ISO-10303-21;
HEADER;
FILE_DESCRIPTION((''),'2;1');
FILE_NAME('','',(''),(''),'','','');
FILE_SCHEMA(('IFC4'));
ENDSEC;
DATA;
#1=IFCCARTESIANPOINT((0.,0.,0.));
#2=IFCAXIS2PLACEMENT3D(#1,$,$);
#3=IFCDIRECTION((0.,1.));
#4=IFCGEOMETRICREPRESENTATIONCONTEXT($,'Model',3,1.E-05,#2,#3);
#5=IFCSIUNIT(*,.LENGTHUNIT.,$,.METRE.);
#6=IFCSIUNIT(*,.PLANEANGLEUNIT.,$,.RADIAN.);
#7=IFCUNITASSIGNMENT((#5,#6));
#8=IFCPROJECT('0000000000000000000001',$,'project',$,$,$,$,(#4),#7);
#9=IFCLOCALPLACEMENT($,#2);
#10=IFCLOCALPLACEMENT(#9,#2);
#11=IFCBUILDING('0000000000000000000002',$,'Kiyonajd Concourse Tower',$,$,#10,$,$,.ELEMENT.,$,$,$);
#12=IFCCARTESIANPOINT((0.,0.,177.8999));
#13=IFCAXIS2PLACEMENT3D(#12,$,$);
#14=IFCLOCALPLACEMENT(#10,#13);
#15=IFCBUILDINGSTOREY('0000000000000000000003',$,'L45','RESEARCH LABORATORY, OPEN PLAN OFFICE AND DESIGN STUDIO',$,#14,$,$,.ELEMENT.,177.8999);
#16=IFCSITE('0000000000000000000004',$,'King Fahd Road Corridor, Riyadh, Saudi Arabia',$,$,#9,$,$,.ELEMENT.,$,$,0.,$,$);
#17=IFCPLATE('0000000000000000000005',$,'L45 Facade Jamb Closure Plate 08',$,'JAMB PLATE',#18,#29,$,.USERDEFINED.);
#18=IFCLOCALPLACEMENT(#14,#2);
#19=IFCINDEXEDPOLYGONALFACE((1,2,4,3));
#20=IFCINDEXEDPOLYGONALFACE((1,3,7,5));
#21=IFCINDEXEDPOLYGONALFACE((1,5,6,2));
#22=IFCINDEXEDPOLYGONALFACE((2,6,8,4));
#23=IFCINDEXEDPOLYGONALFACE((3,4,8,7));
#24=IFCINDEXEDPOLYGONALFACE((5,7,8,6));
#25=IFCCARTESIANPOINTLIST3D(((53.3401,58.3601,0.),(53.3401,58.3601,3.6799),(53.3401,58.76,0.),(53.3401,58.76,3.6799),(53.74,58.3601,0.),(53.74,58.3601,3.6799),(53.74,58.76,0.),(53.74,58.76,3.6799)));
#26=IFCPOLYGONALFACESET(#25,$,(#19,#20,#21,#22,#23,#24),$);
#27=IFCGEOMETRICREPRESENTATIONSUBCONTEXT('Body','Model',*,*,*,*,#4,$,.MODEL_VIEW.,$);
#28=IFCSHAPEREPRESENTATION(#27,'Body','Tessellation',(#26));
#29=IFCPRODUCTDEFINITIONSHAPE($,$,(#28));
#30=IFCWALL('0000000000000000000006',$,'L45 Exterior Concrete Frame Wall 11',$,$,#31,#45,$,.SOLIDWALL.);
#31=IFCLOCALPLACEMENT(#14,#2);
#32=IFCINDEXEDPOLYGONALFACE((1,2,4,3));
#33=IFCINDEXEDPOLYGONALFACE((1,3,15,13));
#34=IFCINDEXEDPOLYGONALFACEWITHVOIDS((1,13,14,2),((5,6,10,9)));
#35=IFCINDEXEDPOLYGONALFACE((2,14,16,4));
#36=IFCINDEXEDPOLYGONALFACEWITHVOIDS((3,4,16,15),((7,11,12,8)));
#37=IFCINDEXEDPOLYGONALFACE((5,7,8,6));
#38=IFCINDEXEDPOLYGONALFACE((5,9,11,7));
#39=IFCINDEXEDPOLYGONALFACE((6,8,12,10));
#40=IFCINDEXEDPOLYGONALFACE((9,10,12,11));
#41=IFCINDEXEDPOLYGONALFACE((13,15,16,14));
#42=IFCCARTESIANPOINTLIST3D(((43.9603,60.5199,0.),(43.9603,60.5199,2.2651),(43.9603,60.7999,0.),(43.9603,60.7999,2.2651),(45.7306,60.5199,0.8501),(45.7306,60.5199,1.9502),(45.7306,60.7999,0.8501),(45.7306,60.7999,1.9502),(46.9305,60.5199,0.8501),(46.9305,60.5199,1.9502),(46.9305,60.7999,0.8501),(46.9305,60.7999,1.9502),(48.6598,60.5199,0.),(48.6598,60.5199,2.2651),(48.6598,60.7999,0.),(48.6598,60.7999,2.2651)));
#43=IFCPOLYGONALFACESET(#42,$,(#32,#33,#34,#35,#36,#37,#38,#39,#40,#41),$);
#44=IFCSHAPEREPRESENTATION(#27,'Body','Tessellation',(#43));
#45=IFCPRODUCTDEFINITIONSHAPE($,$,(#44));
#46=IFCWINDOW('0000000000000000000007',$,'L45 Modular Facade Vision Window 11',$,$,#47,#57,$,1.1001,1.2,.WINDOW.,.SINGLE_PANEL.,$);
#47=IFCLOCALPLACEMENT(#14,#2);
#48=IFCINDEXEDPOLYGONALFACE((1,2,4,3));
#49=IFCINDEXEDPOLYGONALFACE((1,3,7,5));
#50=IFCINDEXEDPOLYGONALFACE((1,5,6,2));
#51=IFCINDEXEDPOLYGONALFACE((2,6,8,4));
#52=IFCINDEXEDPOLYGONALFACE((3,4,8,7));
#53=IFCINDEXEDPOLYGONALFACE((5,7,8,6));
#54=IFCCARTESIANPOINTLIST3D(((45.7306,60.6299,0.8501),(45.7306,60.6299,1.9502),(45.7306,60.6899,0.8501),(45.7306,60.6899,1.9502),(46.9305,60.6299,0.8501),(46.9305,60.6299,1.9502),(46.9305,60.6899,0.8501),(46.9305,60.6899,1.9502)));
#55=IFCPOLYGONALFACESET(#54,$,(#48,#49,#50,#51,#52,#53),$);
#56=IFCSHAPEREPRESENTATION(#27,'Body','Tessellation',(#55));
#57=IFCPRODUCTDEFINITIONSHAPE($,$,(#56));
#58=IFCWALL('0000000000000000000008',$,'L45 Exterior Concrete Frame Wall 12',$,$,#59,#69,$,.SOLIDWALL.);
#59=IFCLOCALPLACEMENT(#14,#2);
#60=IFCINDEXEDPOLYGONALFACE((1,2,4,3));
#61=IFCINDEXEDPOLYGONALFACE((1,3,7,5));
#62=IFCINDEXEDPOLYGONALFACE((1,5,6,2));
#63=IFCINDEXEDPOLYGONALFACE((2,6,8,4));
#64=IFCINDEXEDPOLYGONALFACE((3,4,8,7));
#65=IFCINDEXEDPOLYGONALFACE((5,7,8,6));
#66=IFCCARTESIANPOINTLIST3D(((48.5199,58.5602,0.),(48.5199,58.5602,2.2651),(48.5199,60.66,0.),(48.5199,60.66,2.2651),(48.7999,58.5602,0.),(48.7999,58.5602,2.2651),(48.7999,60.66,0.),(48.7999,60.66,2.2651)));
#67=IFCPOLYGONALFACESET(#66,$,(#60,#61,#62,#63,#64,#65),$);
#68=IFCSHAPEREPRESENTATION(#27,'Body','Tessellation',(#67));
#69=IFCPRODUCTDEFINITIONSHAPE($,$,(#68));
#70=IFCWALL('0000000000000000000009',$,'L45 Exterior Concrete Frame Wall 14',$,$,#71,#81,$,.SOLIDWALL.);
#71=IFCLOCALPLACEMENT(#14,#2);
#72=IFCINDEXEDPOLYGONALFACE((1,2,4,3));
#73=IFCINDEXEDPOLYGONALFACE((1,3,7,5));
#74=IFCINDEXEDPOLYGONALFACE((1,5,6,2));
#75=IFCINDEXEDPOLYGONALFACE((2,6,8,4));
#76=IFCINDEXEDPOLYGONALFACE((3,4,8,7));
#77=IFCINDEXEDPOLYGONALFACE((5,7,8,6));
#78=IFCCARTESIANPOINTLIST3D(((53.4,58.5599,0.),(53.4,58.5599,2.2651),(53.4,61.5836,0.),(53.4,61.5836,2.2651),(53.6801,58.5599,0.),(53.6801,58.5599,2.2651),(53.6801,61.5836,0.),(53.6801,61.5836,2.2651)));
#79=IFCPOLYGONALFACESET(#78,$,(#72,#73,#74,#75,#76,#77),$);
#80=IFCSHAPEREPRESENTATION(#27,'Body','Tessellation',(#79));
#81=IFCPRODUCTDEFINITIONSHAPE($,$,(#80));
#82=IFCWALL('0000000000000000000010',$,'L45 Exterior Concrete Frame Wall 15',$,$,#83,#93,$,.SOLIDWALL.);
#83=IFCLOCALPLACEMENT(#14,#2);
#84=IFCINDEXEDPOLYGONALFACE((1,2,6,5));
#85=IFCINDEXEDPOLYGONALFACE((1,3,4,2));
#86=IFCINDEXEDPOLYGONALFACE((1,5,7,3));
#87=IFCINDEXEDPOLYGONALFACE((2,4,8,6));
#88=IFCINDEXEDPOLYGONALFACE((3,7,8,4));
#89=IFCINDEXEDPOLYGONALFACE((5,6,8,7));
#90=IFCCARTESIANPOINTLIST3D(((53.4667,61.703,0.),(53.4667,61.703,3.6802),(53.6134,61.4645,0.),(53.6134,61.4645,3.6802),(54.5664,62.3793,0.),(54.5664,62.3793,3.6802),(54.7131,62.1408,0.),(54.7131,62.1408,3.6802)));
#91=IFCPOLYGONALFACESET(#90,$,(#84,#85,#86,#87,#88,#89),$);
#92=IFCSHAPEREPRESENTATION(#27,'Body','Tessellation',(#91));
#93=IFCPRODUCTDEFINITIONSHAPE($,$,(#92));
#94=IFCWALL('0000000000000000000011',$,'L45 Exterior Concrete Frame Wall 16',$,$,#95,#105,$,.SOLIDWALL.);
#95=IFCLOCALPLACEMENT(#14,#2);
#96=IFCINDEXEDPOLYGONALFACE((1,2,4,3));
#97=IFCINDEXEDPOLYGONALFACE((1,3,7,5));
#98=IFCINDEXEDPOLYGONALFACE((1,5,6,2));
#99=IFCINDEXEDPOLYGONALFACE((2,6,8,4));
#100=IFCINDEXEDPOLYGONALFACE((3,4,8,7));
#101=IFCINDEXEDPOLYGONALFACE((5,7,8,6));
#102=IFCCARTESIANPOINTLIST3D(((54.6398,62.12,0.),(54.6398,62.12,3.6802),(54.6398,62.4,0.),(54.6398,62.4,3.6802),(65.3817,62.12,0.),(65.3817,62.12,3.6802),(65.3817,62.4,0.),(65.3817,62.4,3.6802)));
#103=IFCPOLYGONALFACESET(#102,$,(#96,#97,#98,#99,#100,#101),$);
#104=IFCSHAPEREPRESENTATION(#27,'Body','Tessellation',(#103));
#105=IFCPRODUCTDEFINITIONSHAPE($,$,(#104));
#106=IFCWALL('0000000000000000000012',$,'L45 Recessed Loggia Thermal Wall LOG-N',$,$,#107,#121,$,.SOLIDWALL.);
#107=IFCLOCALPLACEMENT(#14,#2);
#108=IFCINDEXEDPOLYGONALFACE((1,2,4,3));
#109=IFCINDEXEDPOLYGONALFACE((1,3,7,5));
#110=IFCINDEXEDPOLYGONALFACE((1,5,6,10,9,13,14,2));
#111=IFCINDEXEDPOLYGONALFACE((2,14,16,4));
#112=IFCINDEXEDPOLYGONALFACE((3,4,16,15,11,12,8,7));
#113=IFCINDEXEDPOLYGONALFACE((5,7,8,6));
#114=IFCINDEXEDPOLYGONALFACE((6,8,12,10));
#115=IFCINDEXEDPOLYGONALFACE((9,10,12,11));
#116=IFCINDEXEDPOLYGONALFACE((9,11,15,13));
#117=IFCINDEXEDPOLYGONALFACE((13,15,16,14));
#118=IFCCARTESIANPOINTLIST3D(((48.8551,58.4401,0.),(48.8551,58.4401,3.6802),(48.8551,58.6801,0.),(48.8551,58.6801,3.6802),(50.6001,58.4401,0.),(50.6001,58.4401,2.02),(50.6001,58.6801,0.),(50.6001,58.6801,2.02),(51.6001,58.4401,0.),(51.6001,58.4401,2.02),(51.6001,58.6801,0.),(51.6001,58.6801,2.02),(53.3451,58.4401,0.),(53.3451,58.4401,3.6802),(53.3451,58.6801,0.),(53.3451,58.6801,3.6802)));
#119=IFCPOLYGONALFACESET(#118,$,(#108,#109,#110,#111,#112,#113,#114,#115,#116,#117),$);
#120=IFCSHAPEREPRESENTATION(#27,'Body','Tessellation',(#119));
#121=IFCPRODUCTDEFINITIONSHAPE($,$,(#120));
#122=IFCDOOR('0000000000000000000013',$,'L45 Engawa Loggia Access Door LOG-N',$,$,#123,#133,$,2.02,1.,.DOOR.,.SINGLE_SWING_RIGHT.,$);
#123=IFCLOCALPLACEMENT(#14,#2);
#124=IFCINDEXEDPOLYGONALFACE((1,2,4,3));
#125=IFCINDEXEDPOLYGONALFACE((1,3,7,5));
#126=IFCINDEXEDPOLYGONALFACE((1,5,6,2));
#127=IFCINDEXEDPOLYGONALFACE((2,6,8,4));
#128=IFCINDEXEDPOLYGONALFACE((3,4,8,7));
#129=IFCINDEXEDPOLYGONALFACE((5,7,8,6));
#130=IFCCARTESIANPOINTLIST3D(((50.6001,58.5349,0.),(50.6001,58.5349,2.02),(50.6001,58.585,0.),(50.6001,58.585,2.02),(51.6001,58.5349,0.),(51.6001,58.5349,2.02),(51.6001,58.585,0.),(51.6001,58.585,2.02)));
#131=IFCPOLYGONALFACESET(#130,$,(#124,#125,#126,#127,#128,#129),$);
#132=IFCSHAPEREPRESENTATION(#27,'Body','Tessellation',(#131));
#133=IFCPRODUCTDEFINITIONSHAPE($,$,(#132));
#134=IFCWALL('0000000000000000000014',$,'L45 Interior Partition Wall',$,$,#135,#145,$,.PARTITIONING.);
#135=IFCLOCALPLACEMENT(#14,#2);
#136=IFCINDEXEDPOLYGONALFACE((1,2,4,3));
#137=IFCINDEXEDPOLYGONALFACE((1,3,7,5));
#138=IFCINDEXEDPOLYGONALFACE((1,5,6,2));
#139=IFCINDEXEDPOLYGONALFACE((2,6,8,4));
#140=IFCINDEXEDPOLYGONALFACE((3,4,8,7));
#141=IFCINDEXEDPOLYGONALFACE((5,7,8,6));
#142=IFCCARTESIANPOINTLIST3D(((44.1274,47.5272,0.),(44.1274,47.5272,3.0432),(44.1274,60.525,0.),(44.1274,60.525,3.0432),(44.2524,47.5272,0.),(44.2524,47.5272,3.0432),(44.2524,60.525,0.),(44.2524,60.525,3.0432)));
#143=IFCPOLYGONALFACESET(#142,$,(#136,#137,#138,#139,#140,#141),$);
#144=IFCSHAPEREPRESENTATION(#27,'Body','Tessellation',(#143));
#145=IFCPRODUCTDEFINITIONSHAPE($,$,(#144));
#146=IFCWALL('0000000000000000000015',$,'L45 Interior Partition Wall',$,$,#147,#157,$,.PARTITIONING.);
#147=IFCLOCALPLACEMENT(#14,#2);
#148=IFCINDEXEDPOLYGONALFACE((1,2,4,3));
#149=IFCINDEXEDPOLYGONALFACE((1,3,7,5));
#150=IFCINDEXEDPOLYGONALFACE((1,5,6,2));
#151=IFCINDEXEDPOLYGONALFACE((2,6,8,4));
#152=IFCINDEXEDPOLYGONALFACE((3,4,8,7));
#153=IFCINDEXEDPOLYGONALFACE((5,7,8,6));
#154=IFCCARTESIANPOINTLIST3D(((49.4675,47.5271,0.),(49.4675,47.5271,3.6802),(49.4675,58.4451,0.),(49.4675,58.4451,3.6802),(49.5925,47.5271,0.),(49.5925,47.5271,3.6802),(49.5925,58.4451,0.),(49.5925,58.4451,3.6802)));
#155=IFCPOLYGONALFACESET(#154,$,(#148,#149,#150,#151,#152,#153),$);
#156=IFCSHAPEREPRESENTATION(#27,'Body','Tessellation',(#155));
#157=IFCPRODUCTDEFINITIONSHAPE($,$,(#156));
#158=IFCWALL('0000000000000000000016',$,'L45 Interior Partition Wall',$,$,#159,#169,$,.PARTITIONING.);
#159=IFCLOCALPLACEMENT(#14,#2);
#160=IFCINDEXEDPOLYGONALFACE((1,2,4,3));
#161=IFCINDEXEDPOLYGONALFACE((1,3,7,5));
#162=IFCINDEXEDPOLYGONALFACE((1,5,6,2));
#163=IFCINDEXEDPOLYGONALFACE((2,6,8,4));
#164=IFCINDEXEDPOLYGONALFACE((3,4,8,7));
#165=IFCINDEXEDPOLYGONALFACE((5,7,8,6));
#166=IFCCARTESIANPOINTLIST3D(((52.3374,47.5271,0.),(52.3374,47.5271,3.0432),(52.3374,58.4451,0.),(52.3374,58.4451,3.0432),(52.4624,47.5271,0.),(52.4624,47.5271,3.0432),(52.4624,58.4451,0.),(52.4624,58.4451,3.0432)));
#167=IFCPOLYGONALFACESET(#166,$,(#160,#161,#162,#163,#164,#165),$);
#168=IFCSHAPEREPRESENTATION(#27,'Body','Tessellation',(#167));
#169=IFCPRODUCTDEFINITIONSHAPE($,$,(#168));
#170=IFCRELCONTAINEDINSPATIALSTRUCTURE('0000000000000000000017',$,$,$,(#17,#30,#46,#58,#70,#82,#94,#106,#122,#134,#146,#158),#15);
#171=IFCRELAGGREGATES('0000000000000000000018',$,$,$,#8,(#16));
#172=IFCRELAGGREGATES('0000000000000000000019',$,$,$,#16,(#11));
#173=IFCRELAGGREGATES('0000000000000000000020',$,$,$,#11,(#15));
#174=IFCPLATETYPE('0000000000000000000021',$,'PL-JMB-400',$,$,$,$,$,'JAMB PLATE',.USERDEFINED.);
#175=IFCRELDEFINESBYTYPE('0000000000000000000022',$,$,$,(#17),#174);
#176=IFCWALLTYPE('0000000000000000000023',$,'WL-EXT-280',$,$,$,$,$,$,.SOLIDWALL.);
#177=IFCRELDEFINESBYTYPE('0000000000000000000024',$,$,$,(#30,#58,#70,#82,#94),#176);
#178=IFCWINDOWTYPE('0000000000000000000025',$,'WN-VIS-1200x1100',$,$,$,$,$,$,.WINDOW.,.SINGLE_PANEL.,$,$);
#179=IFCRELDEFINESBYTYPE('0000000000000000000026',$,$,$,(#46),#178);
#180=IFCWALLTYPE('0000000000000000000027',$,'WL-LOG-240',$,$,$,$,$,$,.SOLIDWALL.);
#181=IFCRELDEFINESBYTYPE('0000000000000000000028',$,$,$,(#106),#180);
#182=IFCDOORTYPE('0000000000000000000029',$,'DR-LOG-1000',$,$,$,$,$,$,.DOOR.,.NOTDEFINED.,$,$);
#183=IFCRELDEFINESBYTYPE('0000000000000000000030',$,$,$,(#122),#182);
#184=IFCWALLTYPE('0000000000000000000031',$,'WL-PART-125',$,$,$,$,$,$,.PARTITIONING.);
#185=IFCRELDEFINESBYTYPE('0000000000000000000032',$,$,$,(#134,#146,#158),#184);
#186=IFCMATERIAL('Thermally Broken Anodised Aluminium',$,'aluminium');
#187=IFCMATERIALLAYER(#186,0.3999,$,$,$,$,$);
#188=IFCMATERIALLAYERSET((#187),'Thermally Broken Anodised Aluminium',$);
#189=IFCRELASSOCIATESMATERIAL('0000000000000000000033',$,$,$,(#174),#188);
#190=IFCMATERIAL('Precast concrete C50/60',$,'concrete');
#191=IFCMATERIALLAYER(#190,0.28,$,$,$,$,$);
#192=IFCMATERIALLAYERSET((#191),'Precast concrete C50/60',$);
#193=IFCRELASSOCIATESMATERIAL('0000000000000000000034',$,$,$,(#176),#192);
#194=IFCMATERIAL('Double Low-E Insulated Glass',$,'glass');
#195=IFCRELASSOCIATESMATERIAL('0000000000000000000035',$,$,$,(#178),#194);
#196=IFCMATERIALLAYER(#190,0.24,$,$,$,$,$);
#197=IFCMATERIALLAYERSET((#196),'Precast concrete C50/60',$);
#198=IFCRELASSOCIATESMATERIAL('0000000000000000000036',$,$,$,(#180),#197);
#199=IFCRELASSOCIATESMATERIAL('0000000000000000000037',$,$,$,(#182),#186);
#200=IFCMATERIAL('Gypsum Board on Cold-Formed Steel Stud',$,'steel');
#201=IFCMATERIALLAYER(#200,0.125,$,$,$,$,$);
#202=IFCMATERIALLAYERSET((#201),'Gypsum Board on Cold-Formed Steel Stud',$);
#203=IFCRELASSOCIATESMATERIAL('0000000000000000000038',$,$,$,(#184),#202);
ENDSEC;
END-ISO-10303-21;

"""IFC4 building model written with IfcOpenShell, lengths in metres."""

from ifc_helpers import new_model, si_unit, direction, frame, frame_2d, origin, origin_2d, place, context, subcontext, project, spatial, rectangle, extrude, material, layer, layer_set, type_object, element, fill, save


model = new_model("IFC4")

# Units and contexts
model_context = context("Model", 3, precision=1e-05, world=origin(), true_north=direction((0.0, 1.0)))
body_context = subcontext(model_context, "Body", "Model", "MODEL_VIEW")
ifc_project = project(units=[si_unit("LENGTHUNIT", "METRE"), si_unit("PLANEANGLEUNIT", "RADIAN")], contexts=[model_context])

# Site, building, storey
site_placement = place(None, origin())
site = spatial("IfcSite", under=ifc_project, at=site_placement, Name="King Fahd Road Corridor, Riyadh, Saudi Arabia", CompositionType="ELEMENT", RefElevation=0.0)
building_placement = place(site_placement, origin())
building = spatial("IfcBuilding", under=site, at=building_placement, Name="Kiyonajd Concourse Tower", CompositionType="ELEMENT")
storey_placement = place(building_placement, frame((0.0, 0.0, 177.8999)))
storey = spatial("IfcBuildingStorey", under=building, at=storey_placement, Name="L45", Description="RESEARCH LABORATORY, OPEN PLAN OFFICE AND DESIGN STUDIO", CompositionType="ELEMENT", Elevation=177.8999)

# Plate
ifc_material_1 = material(Name="Thermally Broken Anodised Aluminium", Category="aluminium")
ifc_layer_1 = layer(ifc_material_1, 0.3999)
ifc_layer_set_1 = layer_set([ifc_layer_1], Name="Thermally Broken Anodised Aluminium")
plate_type_1 = type_object("IfcPlateType", Name="PL-JMB-400", ElementType="JAMB PLATE", PredefinedType="USERDEFINED", material=ifc_layer_set_1)
for number, where, z_axis, x_axis, name in (
    (1, (53.54, 58.5601, 0.0), (0.0, 0.0, 1.0), (1.0, 0.0, 0.0), "L45 Facade Jamb Closure Plate 08"),
):
    element("IfcPlate", number, at=place(storey_placement, frame(where, z_axis=z_axis, x_axis=x_axis)), inside=storey, type_object=plate_type_1, Name=name, ObjectType="JAMB PLATE", PredefinedType="USERDEFINED", context=body_context, shape_type="SweptSolid", body=[
        extrude(rectangle(XDim=0.3999, YDim=0.3999, at=origin_2d()), origin(), (0.0, 0.0, 1.0), 3.6799),
    ])

# Wall, opening, window
ifc_material_2 = material(Name="Precast concrete C50/60", Category="concrete")
ifc_layer_2 = layer(ifc_material_2, 0.28)
ifc_layer_set_2 = layer_set([ifc_layer_2], Name="Precast concrete C50/60")
wall_type_1 = type_object("IfcWallType", Name="WL-EXT-280", PredefinedType="SOLIDWALL", material=ifc_layer_set_2)
wall_1_placement = place(storey_placement, frame((43.9604, 60.6599, 0.0), z_axis=(0.0, 0.0, 1.0), x_axis=(1.0, 0.0, 0.0)))
wall_1 = element("IfcWall", 2, at=wall_1_placement, inside=storey, type_object=wall_type_1, Name="L45 Exterior Concrete Frame Wall 11", PredefinedType="SOLIDWALL", context=body_context, shape_type="SweptSolid", body=[
    extrude(rectangle(XDim=4.6995, YDim=0.28, at=frame_2d((2.3496, 0.0))), origin(), (0.0, 0.0, 1.0), 2.2651),
])
opening_1_placement = place(wall_1_placement, frame((1.77, 0.0, 0.8501)))
opening_1 = element("IfcOpeningElement", 3, at=opening_1_placement, cuts=wall_1, PredefinedType="OPENING", context=body_context, shape_type="SweptSolid", body=[
    extrude(rectangle(XDim=1.2, YDim=1.1001, at=frame_2d((0.6001, 0.55))), frame((0.0, 0.1499, 0.0), z_axis=(0.0, -1.0, 0.0), x_axis=(1.0, 0.0, 0.0)), (0.0, 0.0, 1.0), 0.3),
])
ifc_material_3 = material(Name="Double Low-E Insulated Glass", Category="glass")
window_type = type_object("IfcWindowType", Name="WN-VIS-1200x1100", PartitioningType="SINGLE_PANEL", PredefinedType="WINDOW", material=ifc_material_3)
window_placement = place(opening_1_placement, origin())
window = element("IfcWindow", 4, at=window_placement, inside=storey, type_object=window_type, Name="L45 Modular Facade Vision Window 11", OverallHeight=1.1001, OverallWidth=1.2, PartitioningType="SINGLE_PANEL", PredefinedType="WINDOW", context=body_context, shape_type="SweptSolid", body=[
    extrude(rectangle(XDim=1.2, YDim=1.1001, at=frame_2d((0.6001, 0.55))), frame((0.0, 0.03, 0.0), z_axis=(0.0, -1.0, 0.0), x_axis=(1.0, 0.0, 0.0)), (0.0, 0.0, 1.0), 0.0601),
])
fill(opening_1, window)

# Walls
wall_2_placement = place(storey_placement, frame((48.6599, 60.6599, 0.0), z_axis=(0.0, 0.0, 1.0), x_axis=(0.0, -1.0, 0.0)))
element("IfcWall", 5, at=wall_2_placement, inside=storey, type_object=wall_type_1, Name="L45 Exterior Concrete Frame Wall 12", PredefinedType="SOLIDWALL", context=body_context, shape_type="SweptSolid", body=[
    extrude(rectangle(XDim=2.0999, YDim=0.28, at=frame_2d((1.0498, 0.0))), origin(), (0.0, 0.0, 1.0), 2.2651),
])
wall_3_placement = place(storey_placement, frame((53.54, 58.5601, 0.0), z_axis=(0.0, 0.0, 1.0), x_axis=(0.0, 1.0, 0.0)))
element("IfcWall", 6, at=wall_3_placement, inside=storey, type_object=wall_type_1, Name="L45 Exterior Concrete Frame Wall 14", PredefinedType="SOLIDWALL", context=body_context, shape_type="SweptSolid", body=[
    extrude(rectangle(XDim=3.0237, YDim=0.28, at=frame_2d((1.5117, 0.0))), origin(), (0.0, 0.0, 1.0), 2.2651),
])
wall_4_placement = place(storey_placement, frame((53.54, 61.5837, 0.0), z_axis=(0.0, 0.0, 1.0), x_axis=(0.851801, 0.523865, 0.0)))
element("IfcWall", 7, at=wall_4_placement, inside=storey, type_object=wall_type_1, Name="L45 Exterior Concrete Frame Wall 15", PredefinedType="SOLIDWALL", context=body_context, shape_type="SweptSolid", body=[
    extrude(rectangle(XDim=1.291, YDim=0.28, at=frame_2d((0.6455, 0.0))), origin(), (0.0, 0.0, 1.0), 3.6802),
])
wall_5_placement = place(storey_placement, frame((54.6396, 62.26, 0.0), z_axis=(0.0, 0.0, 1.0), x_axis=(1.0, 0.0, 0.0)))
element("IfcWall", 8, at=wall_5_placement, inside=storey, type_object=wall_type_1, Name="L45 Exterior Concrete Frame Wall 16", PredefinedType="SOLIDWALL", context=body_context, shape_type="SweptSolid", body=[
    extrude(rectangle(XDim=10.7419, YDim=0.28, at=frame_2d((5.3711, 0.0))), origin(), (0.0, 0.0, 1.0), 3.6802),
])

# Wall, opening, door
ifc_layer_3 = layer(ifc_material_2, 0.24)
ifc_layer_set_3 = layer_set([ifc_layer_3], Name="Precast concrete C50/60")
wall_type_2 = type_object("IfcWallType", Name="WL-LOG-240", PredefinedType="SOLIDWALL", material=ifc_layer_set_3)
wall_6_placement = place(storey_placement, frame((48.855, 58.5601, 0.0), z_axis=(0.0, 0.0, 1.0), x_axis=(1.0, 0.0, 0.0)))
wall_6 = element("IfcWall", 9, at=wall_6_placement, inside=storey, type_object=wall_type_2, Name="L45 Recessed Loggia Thermal Wall LOG-N", PredefinedType="SOLIDWALL", context=body_context, shape_type="SweptSolid", body=[
    extrude(rectangle(XDim=4.49, YDim=0.24, at=frame_2d((2.2451, 0.0))), origin(), (0.0, 0.0, 1.0), 3.6802),
])
opening_2_placement = place(wall_6_placement, frame((1.7451, 0.0, 0.0)))
opening_2 = element("IfcOpeningElement", 10, at=opening_2_placement, cuts=wall_6, PredefinedType="OPENING", context=body_context, shape_type="SweptSolid", body=[
    extrude(rectangle(XDim=1.0, YDim=2.02, at=frame_2d((0.5, 1.01))), frame((0.0, 0.1299, 0.0), z_axis=(0.0, -1.0, 0.0), x_axis=(1.0, 0.0, 0.0)), (0.0, 0.0, 1.0), 0.26),
])
door_type = type_object("IfcDoorType", Name="DR-LOG-1000", OperationType="NOTDEFINED", PredefinedType="DOOR", material=ifc_material_1)
door_placement = place(opening_2_placement, origin())
door = element("IfcDoor", 11, at=door_placement, inside=storey, type_object=door_type, Name="L45 Engawa Loggia Access Door LOG-N", OperationType="SINGLE_SWING_RIGHT", OverallHeight=2.02, OverallWidth=1.0, PredefinedType="DOOR", context=body_context, shape_type="SweptSolid", body=[
    extrude(rectangle(XDim=1.0, YDim=2.02, at=frame_2d((0.5, 1.01))), frame((0.0, 0.0249, 0.0), z_axis=(0.0, -1.0, 0.0), x_axis=(1.0, 0.0, 0.0)), (0.0, 0.0, 1.0), 0.05),
])
fill(opening_2, door)

# Walls
ifc_material_4 = material(Name="Gypsum Board on Cold-Formed Steel Stud", Category="steel")
ifc_layer_4 = layer(ifc_material_4, 0.125)
ifc_layer_set_4 = layer_set([ifc_layer_4], Name="Gypsum Board on Cold-Formed Steel Stud")
wall_type_3 = type_object("IfcWallType", Name="WL-PART-125", PredefinedType="PARTITIONING", material=ifc_layer_set_4)
wall_7_placement = place(storey_placement, frame((44.1899, 47.5271, 0.0), z_axis=(0.0, 0.0, 1.0), x_axis=(0.0, 1.0, 0.0)))
element("IfcWall", 12, at=wall_7_placement, inside=storey, type_object=wall_type_3, Name="L45 Interior Partition Wall", PredefinedType="PARTITIONING", context=body_context, shape_type="SweptSolid", body=[
    extrude(rectangle(XDim=12.9978, YDim=0.125, at=frame_2d((6.499, 0.0))), origin(), (0.0, 0.0, 1.0), 3.0432),
])
wall_8_placement = place(storey_placement, frame((49.53, 47.5271, 0.0), z_axis=(0.0, 0.0, 1.0), x_axis=(0.0, 1.0, 0.0)))
element("IfcWall", 13, at=wall_8_placement, inside=storey, type_object=wall_type_3, Name="L45 Interior Partition Wall", PredefinedType="PARTITIONING", context=body_context, shape_type="SweptSolid", body=[
    extrude(rectangle(XDim=10.918, YDim=0.125, at=frame_2d((5.459, 0.0))), origin(), (0.0, 0.0, 1.0), 3.6802),
])
wall_9_placement = place(storey_placement, frame((52.3999, 47.5271, 0.0), z_axis=(0.0, 0.0, 1.0), x_axis=(0.0, 1.0, 0.0)))
element("IfcWall", 14, at=wall_9_placement, inside=storey, type_object=wall_type_3, Name="L45 Interior Partition Wall", PredefinedType="PARTITIONING", context=body_context, shape_type="SweptSolid", body=[
    extrude(rectangle(XDim=10.918, YDim=0.125, at=frame_2d((5.459, 0.0))), origin(), (0.0, 0.0, 1.0), 3.0432),
])

save(model, "model.ifc")
